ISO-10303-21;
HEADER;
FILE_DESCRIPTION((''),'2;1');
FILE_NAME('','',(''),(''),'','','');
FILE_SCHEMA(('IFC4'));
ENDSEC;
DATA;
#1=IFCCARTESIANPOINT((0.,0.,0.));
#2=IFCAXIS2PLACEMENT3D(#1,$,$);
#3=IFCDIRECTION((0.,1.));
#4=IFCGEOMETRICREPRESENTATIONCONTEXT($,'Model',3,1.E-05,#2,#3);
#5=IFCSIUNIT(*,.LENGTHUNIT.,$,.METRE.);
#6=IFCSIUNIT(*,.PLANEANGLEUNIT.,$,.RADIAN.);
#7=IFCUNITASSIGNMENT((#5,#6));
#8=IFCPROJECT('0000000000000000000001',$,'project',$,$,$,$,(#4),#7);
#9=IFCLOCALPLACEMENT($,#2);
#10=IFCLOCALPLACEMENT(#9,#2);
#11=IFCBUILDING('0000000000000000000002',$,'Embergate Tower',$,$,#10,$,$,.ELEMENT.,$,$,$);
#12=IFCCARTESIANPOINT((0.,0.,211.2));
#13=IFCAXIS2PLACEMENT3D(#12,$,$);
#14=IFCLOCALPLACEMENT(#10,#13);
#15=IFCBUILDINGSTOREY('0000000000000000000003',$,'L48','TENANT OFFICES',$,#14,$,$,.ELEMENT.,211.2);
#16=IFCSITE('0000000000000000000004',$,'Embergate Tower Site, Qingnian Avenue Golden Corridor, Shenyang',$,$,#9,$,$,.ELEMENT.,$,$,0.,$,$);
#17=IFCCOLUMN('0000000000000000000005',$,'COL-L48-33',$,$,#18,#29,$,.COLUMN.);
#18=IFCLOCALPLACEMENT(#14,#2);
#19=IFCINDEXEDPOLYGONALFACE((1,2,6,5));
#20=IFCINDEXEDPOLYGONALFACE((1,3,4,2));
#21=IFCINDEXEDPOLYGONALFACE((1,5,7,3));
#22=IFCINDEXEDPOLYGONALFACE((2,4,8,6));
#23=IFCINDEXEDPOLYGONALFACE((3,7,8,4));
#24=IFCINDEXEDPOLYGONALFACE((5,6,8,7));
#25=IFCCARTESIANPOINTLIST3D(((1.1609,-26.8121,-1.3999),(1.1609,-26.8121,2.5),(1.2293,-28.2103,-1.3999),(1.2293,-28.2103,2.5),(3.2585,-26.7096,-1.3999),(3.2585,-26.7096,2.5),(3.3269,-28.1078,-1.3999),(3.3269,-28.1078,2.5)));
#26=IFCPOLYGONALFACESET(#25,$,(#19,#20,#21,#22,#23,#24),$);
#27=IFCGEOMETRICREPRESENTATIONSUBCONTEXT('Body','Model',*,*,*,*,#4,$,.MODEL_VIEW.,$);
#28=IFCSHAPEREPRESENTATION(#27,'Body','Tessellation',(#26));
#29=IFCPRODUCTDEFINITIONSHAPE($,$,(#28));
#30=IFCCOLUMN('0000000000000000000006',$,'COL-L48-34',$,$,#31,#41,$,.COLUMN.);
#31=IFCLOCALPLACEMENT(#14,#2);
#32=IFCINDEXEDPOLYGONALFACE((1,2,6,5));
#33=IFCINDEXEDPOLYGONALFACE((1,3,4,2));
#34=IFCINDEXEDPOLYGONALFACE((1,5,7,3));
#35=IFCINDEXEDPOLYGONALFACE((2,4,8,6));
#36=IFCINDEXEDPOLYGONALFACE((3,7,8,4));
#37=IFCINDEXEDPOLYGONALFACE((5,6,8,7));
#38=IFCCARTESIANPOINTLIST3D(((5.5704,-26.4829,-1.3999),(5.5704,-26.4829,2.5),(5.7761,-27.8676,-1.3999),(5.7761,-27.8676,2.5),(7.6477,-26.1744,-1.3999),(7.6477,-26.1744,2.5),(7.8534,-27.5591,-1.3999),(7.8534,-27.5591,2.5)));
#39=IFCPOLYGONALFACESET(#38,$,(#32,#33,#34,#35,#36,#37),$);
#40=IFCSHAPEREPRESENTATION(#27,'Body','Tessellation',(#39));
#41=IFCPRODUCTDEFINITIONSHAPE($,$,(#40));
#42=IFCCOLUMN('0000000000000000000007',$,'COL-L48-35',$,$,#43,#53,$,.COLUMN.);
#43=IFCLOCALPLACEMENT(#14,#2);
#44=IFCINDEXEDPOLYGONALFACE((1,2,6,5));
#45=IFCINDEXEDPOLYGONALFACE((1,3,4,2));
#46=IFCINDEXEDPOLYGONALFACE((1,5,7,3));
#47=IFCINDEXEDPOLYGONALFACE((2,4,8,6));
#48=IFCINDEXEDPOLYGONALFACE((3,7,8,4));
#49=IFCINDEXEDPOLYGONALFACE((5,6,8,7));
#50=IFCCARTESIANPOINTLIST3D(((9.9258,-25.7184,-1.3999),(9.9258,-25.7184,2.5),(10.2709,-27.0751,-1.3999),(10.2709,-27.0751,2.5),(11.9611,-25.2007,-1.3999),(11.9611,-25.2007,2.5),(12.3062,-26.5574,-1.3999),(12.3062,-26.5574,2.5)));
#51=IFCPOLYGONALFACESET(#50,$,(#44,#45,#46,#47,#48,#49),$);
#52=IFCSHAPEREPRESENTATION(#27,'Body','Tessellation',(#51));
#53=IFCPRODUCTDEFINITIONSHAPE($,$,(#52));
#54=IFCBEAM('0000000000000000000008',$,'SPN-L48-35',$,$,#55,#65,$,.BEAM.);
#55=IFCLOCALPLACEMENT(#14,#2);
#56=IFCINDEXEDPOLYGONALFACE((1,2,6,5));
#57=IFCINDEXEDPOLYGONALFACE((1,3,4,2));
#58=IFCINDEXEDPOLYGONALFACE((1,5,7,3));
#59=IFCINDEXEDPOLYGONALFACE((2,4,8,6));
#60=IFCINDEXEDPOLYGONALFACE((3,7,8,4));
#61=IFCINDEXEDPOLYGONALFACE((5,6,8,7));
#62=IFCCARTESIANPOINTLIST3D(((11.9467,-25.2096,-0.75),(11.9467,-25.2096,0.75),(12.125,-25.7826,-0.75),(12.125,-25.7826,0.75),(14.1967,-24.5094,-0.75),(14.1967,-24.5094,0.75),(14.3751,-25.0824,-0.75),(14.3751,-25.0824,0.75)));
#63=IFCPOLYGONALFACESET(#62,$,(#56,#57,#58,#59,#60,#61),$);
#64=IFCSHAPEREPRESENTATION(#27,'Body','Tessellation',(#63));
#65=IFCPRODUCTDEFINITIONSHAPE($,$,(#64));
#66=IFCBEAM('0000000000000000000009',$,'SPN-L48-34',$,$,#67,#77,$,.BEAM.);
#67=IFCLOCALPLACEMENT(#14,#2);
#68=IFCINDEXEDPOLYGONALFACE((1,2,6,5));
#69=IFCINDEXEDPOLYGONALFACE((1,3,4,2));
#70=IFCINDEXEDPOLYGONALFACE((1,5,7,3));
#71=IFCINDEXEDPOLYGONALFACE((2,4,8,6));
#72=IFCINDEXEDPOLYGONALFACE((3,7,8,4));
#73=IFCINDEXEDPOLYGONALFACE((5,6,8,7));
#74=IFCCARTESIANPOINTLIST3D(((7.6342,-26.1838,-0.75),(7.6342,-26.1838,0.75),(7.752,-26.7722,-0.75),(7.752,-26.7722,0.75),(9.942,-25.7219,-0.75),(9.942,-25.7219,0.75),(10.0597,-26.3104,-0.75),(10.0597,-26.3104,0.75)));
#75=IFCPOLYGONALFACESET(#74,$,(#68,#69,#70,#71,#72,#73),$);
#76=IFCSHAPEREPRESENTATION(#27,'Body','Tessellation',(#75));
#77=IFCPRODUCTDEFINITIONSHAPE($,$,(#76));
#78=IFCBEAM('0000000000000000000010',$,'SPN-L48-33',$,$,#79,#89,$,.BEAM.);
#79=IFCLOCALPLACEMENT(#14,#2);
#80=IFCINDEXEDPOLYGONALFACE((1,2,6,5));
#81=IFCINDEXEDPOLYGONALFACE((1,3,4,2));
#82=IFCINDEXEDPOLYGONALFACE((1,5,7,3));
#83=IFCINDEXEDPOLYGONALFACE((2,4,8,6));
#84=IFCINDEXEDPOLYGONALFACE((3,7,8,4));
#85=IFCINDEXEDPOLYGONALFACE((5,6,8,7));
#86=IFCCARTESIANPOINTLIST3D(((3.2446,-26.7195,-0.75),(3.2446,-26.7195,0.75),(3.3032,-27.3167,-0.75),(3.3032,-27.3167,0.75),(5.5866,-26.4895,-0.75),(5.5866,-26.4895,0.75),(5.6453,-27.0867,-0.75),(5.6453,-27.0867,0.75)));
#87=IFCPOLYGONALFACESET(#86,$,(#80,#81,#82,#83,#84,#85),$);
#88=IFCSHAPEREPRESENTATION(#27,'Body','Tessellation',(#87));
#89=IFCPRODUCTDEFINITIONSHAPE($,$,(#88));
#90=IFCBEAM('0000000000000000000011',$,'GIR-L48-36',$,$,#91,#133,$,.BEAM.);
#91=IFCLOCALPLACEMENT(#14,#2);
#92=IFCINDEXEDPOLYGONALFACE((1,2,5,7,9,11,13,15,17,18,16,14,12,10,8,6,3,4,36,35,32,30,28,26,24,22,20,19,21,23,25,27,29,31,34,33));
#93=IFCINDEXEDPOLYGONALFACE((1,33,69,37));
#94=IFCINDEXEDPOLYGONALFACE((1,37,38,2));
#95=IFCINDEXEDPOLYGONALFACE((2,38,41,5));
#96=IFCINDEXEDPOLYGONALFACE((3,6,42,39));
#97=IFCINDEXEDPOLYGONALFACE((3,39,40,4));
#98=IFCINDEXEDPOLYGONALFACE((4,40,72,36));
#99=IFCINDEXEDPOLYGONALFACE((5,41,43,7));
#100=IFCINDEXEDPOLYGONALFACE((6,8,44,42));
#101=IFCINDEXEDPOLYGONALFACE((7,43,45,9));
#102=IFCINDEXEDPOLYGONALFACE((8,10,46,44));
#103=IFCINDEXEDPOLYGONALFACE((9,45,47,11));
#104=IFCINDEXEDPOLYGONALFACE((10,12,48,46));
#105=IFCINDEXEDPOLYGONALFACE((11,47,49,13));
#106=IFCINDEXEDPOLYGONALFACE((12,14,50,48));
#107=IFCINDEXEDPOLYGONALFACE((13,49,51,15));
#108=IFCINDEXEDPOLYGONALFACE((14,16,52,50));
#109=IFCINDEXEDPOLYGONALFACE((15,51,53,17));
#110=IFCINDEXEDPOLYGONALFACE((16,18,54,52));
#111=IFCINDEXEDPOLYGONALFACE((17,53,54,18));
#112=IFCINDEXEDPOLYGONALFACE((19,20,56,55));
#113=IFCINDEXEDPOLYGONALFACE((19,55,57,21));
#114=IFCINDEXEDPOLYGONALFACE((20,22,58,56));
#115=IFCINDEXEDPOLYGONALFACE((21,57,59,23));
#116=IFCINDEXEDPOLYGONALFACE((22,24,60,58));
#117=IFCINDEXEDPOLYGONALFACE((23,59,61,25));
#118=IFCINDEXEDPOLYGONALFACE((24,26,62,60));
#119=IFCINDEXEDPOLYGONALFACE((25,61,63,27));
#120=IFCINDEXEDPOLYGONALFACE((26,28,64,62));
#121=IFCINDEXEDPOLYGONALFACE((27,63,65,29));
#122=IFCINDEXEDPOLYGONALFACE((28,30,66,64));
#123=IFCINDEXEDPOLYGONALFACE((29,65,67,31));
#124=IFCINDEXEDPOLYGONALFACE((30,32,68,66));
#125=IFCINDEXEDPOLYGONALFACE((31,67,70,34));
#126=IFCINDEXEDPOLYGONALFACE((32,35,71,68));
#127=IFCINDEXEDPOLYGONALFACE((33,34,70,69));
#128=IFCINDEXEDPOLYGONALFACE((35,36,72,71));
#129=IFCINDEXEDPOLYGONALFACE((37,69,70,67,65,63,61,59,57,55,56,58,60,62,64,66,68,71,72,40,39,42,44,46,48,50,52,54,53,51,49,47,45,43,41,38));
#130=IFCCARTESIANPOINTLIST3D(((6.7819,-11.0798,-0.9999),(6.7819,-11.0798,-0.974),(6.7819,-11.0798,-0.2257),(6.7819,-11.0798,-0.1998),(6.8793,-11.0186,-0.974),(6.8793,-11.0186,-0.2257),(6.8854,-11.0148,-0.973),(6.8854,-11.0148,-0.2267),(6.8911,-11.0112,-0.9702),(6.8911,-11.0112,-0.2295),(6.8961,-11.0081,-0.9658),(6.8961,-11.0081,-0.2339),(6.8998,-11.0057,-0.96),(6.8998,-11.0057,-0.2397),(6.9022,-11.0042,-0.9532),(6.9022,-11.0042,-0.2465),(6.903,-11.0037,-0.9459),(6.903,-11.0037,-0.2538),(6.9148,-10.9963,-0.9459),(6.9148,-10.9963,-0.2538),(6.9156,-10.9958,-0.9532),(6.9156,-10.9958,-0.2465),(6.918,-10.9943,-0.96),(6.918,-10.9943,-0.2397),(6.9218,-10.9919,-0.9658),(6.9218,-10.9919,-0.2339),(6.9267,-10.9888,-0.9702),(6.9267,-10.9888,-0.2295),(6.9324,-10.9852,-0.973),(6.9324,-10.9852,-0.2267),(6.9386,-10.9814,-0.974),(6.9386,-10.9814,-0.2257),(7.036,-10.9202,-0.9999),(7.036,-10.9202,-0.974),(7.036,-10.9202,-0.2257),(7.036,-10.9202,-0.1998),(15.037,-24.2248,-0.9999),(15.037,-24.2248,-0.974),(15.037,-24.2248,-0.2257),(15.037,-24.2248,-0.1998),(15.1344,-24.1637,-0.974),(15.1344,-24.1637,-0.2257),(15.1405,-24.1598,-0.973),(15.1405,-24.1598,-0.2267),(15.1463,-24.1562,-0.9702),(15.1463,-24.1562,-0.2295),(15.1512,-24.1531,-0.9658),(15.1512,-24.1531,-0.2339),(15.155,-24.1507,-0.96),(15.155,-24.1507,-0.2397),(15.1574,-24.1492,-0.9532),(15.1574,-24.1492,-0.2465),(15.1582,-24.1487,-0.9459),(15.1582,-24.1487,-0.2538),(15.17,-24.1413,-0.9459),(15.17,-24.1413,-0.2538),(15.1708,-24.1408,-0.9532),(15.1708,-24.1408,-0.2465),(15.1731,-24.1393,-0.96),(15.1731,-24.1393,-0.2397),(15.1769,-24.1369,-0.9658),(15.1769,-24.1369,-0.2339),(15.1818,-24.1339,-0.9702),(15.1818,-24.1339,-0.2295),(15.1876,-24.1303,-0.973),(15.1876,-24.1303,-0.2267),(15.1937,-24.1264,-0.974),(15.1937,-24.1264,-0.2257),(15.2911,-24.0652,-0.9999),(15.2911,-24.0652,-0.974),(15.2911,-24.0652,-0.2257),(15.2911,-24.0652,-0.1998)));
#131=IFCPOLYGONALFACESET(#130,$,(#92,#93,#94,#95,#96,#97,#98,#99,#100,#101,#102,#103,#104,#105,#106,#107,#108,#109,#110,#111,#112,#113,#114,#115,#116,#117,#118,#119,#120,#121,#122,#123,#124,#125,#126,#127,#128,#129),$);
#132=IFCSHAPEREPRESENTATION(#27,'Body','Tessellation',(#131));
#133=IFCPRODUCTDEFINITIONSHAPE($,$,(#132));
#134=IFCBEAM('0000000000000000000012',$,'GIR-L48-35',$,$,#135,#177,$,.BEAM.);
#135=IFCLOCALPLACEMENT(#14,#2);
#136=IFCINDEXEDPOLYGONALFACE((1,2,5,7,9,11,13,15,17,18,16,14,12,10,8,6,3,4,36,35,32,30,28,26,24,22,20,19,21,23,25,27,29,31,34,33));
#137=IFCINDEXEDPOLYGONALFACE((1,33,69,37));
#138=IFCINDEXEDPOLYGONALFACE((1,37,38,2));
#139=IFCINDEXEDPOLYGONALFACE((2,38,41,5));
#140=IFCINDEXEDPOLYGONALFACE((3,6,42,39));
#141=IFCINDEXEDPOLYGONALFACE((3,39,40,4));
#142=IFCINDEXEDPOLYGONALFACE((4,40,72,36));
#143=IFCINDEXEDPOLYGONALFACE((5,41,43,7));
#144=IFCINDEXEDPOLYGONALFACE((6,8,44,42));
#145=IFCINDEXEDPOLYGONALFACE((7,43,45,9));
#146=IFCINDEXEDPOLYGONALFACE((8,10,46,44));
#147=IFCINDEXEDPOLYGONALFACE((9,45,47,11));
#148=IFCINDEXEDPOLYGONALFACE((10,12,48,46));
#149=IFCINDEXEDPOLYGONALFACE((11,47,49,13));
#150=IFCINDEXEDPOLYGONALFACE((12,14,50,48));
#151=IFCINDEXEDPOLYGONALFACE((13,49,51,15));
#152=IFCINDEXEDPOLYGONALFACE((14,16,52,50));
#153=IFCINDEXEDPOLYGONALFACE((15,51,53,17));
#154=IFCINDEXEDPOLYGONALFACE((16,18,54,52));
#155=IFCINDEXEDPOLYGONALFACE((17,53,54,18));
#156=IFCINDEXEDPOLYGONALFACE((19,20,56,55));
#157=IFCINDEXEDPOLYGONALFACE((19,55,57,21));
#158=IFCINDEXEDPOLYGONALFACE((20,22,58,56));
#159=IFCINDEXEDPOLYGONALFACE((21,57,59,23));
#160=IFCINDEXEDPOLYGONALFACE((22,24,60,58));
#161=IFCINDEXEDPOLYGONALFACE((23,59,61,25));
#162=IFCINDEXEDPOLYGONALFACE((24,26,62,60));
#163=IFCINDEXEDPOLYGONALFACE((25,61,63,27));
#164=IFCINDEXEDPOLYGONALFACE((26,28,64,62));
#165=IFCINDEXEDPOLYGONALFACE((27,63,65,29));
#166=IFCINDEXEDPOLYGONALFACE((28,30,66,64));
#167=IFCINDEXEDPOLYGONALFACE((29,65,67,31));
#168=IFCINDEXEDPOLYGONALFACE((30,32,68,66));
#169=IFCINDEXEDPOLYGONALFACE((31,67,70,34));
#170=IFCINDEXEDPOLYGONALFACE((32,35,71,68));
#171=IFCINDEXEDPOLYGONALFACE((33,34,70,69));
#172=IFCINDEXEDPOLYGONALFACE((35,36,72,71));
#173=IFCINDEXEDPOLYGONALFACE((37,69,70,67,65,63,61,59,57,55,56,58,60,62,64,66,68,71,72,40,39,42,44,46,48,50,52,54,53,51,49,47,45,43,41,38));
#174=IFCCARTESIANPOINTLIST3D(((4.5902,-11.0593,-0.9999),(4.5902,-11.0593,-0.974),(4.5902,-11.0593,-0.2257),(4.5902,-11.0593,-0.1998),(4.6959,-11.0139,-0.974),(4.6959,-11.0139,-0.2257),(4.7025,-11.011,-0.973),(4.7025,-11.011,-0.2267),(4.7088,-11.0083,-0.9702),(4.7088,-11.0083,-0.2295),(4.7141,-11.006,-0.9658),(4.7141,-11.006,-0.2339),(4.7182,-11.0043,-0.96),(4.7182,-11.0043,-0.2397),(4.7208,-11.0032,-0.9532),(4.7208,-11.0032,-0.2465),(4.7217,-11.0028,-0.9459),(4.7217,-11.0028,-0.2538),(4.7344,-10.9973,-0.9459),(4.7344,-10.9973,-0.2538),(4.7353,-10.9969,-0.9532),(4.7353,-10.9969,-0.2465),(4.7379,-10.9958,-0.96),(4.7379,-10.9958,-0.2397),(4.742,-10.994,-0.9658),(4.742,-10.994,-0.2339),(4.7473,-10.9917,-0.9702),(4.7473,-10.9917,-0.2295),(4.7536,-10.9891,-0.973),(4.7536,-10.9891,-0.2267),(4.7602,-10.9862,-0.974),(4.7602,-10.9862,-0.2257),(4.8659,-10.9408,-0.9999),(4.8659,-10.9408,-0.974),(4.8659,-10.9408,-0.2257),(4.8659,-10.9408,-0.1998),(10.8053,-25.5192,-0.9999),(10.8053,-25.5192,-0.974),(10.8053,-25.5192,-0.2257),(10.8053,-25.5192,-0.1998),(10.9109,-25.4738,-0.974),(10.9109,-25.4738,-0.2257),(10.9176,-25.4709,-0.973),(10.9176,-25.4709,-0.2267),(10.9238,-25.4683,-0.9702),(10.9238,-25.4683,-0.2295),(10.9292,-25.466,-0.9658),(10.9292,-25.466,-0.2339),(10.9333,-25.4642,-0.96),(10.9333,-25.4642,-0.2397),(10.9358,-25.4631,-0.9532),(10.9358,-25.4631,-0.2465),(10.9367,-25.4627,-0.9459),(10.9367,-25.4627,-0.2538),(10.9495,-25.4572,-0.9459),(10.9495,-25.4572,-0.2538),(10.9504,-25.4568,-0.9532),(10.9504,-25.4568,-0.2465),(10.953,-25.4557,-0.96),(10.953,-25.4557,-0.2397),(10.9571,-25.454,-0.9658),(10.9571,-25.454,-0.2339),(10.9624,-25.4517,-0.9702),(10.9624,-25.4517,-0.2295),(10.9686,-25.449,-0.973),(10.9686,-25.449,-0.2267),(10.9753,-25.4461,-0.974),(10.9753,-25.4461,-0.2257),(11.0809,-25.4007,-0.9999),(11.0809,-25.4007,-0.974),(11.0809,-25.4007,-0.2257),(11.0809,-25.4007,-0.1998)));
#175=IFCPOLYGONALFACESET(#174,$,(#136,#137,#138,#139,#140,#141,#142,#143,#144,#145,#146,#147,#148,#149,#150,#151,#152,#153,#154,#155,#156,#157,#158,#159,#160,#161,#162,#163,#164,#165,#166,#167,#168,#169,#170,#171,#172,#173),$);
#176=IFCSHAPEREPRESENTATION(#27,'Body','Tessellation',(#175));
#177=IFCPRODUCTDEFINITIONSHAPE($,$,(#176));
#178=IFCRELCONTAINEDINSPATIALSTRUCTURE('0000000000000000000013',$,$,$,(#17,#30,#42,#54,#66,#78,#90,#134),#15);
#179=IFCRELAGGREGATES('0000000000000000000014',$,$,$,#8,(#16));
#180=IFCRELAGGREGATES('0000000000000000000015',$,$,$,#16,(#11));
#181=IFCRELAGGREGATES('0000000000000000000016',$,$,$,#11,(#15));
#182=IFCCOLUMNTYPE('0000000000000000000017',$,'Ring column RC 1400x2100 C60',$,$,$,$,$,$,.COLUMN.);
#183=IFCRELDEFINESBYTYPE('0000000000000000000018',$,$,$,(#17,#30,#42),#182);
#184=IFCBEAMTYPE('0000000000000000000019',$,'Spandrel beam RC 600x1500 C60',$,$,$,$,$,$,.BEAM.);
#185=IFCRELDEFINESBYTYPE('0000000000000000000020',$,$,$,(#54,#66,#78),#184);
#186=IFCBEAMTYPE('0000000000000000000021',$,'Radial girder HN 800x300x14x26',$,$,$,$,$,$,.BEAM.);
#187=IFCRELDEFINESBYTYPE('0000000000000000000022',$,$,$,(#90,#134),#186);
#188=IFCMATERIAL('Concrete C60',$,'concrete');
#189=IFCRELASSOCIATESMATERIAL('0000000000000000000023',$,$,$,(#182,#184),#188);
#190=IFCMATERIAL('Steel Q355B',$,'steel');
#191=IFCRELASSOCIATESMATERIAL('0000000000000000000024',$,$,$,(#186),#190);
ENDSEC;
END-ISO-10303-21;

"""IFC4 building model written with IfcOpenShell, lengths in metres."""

from ifc_helpers import new_model, si_unit, direction, frame, origin, origin_2d, place, context, subcontext, project, spatial, rectangle, i_section, extrude, source, transform, mapped, material, material_profile, profile_set, type_object, element, save


model = new_model("IFC4")

# Units and contexts
model_context = context("Model", 3, precision=1e-05, world=origin(), true_north=direction((0.0, 1.0)))
body_context = subcontext(model_context, "Body", "Model", "MODEL_VIEW")
ifc_project = project(units=[si_unit("LENGTHUNIT", "METRE"), si_unit("PLANEANGLEUNIT", "RADIAN")], contexts=[model_context])

# Site, building, storey
site_placement = place(None, origin())
site = spatial("IfcSite", under=ifc_project, at=site_placement, Name="Embergate Tower Site, Qingnian Avenue Golden Corridor, Shenyang", CompositionType="ELEMENT", RefElevation=0.0)
building_placement = place(site_placement, origin())
building = spatial("IfcBuilding", under=site, at=building_placement, Name="Embergate Tower", CompositionType="ELEMENT")
storey_placement = place(building_placement, frame((0.0, 0.0, 211.2)))
storey = spatial("IfcBuildingStorey", under=building, at=storey_placement, Name="L48", Description="TENANT OFFICES", CompositionType="ELEMENT", Elevation=211.2)

# Columns
ifc_material_1 = material(Name="Concrete C60", Category="concrete")
ifc_material_profile_1 = material_profile(ifc_material_1, rectangle(XDim=1.3999, YDim=2.1001, at=origin_2d()), Name="RC 1400x2100")
ifc_profile_set_1 = profile_set([ifc_material_profile_1], Name="Concrete C60")
column_type = type_object("IfcColumnType", Name="Ring column RC 1400x2100 C60", PredefinedType="COLUMN", material=ifc_profile_set_1)
shared_shape_1 = source(origin(), body_context, "Body", "SweptSolid", [
    extrude(rectangle(XDim=1.3999, YDim=2.1001, at=origin_2d()), origin(), (0.0, 0.0, 1.0), 3.8999),
])
for number, where, z_axis, x_axis, name in (
    (1, (2.2439, -27.46, -1.3999), (0.0, 0.0, 1.0), (0.048815, -0.998808, 0.0), "COL-L48-33"),
    (2, (6.7119, -27.021, -1.3999), (0.0, 0.0, 1.0), (0.146929, -0.989147, 0.0), "COL-L48-34"),
    (3, (11.116, -26.1379, -1.3999), (0.0, 0.0, 1.0), (0.246509, -0.969141, 0.0), "COL-L48-35"),
):
    element("IfcColumn", number, at=place(storey_placement, frame(where, z_axis=z_axis, x_axis=x_axis)), inside=storey, type_object=column_type, Name=name, PredefinedType="COLUMN", context=body_context, shape_type="MappedRepresentation", body=[
        mapped(shared_shape_1, transform((0.0, 0.0, 0.0))),
    ])

# Beams
ifc_material_profile_2 = material_profile(ifc_material_1, rectangle(XDim=0.6001, YDim=1.5, at=origin_2d()), Name="RC 600x1500")
ifc_profile_set_2 = profile_set([ifc_material_profile_2], Name="Concrete C60")
beam_type_1 = type_object("IfcBeamType", Name="Spandrel beam RC 600x1500 C60", PredefinedType="BEAM", material=ifc_profile_set_2)
shared_shape_2 = source(origin(), body_context, "Body", "SweptSolid", [
    extrude(rectangle(XDim=0.6001, YDim=1.5, at=origin_2d()), origin(), (0.0, 0.0, 1.0), 2.3564),
])
beam_1_placement = place(storey_placement, frame((12.0359, -25.4961, 0.0), z_axis=(0.954833, 0.297142, 0.0), x_axis=(-0.297142, 0.954833, 0.0)))
element("IfcBeam", 4, at=beam_1_placement, inside=storey, type_object=beam_type_1, Name="SPN-L48-35", PredefinedType="BEAM", context=body_context, shape_type="MappedRepresentation", body=[
    mapped(shared_shape_2, transform((0.0, 0.0, 0.0))),
])
shared_shape_3 = source(origin(), body_context, "Body", "SweptSolid", [
    extrude(rectangle(XDim=0.6001, YDim=1.5, at=origin_2d()), origin(), (0.0, 0.0, 1.0), 2.3535),
])
beam_2_placement = place(storey_placement, frame((7.6931, -26.478, 0.0), z_axis=(0.980553, 0.196256, 0.0), x_axis=(-0.196256, 0.980553, 0.0)))
element("IfcBeam", 5, at=beam_2_placement, inside=storey, type_object=beam_type_1, Name="SPN-L48-34", PredefinedType="BEAM", context=body_context, shape_type="MappedRepresentation", body=[
    mapped(shared_shape_3, transform((0.0, 0.0, 0.0))),
])
shared_shape_4 = source(origin(), body_context, "Body", "SweptSolid", [
    extrude(rectangle(XDim=0.6001, YDim=1.5, at=origin_2d()), origin(), (0.0, 0.0, 1.0), 2.3533),
])
beam_3_placement = place(storey_placement, frame((3.2739, -27.0181, 0.0), z_axis=(0.995213, 0.097727, 0.0), x_axis=(-0.097727, 0.995213, 0.0)))
element("IfcBeam", 6, at=beam_3_placement, inside=storey, type_object=beam_type_1, Name="SPN-L48-33", PredefinedType="BEAM", context=body_context, shape_type="MappedRepresentation", body=[
    mapped(shared_shape_4, transform((0.0, 0.0, 0.0))),
])
ifc_material_2 = material(Name="Steel Q355B", Category="steel")
ifc_material_profile_3 = material_profile(ifc_material_2, i_section(OverallWidth=0.3, OverallDepth=0.8, WebThickness=0.0139, FlangeThickness=0.0259, FilletRadius=0.0281, at=origin_2d()), Name="HN 800x300x14x26")
ifc_profile_set_3 = profile_set([ifc_material_profile_3], Name="Steel Q355 grade B")
beam_type_2 = type_object("IfcBeamType", Name="Radial girder HN 800x300x14x26", PredefinedType="BEAM", material=ifc_profile_set_3)
shared_shape_5 = source(origin(), body_context, "Body", "SweptSolid", [
    extrude(i_section(OverallWidth=0.3, OverallDepth=0.8, WebThickness=0.0139, FlangeThickness=0.0259, FilletRadius=0.0281, at=origin_2d()), origin(), (0.0, 0.0, 1.0), 15.5222),
])
beam_4_placement = place(storey_placement, frame((15.1641, -24.145, -0.5999), z_axis=(-0.531827, 0.846853, 0.0), x_axis=(-0.846853, -0.531827, 0.0)))
element("IfcBeam", 7, at=beam_4_placement, inside=storey, type_object=beam_type_2, Name="GIR-L48-36", PredefinedType="BEAM", context=body_context, shape_type="MappedRepresentation", body=[
    mapped(shared_shape_5, transform((0.0, 0.0, 0.0))),
])
shared_shape_6 = source(origin(), body_context, "Body", "SweptSolid", [
    extrude(i_section(OverallWidth=0.3, OverallDepth=0.8, WebThickness=0.0139, FlangeThickness=0.0259, FilletRadius=0.0281, at=origin_2d()), origin(), (0.0, 0.0, 1.0), 15.739),
])
beam_5_placement = place(storey_placement, frame((10.9431, -25.46, -0.5999), z_axis=(-0.394883, 0.918731, 0.0), x_axis=(-0.918731, -0.394883, 0.0)))
element("IfcBeam", 8, at=beam_5_placement, inside=storey, type_object=beam_type_2, Name="GIR-L48-35", PredefinedType="BEAM", context=body_context, shape_type="MappedRepresentation", body=[
    mapped(shared_shape_6, transform((0.0, 0.0, 0.0))),
])

save(model, "model.ifc")
